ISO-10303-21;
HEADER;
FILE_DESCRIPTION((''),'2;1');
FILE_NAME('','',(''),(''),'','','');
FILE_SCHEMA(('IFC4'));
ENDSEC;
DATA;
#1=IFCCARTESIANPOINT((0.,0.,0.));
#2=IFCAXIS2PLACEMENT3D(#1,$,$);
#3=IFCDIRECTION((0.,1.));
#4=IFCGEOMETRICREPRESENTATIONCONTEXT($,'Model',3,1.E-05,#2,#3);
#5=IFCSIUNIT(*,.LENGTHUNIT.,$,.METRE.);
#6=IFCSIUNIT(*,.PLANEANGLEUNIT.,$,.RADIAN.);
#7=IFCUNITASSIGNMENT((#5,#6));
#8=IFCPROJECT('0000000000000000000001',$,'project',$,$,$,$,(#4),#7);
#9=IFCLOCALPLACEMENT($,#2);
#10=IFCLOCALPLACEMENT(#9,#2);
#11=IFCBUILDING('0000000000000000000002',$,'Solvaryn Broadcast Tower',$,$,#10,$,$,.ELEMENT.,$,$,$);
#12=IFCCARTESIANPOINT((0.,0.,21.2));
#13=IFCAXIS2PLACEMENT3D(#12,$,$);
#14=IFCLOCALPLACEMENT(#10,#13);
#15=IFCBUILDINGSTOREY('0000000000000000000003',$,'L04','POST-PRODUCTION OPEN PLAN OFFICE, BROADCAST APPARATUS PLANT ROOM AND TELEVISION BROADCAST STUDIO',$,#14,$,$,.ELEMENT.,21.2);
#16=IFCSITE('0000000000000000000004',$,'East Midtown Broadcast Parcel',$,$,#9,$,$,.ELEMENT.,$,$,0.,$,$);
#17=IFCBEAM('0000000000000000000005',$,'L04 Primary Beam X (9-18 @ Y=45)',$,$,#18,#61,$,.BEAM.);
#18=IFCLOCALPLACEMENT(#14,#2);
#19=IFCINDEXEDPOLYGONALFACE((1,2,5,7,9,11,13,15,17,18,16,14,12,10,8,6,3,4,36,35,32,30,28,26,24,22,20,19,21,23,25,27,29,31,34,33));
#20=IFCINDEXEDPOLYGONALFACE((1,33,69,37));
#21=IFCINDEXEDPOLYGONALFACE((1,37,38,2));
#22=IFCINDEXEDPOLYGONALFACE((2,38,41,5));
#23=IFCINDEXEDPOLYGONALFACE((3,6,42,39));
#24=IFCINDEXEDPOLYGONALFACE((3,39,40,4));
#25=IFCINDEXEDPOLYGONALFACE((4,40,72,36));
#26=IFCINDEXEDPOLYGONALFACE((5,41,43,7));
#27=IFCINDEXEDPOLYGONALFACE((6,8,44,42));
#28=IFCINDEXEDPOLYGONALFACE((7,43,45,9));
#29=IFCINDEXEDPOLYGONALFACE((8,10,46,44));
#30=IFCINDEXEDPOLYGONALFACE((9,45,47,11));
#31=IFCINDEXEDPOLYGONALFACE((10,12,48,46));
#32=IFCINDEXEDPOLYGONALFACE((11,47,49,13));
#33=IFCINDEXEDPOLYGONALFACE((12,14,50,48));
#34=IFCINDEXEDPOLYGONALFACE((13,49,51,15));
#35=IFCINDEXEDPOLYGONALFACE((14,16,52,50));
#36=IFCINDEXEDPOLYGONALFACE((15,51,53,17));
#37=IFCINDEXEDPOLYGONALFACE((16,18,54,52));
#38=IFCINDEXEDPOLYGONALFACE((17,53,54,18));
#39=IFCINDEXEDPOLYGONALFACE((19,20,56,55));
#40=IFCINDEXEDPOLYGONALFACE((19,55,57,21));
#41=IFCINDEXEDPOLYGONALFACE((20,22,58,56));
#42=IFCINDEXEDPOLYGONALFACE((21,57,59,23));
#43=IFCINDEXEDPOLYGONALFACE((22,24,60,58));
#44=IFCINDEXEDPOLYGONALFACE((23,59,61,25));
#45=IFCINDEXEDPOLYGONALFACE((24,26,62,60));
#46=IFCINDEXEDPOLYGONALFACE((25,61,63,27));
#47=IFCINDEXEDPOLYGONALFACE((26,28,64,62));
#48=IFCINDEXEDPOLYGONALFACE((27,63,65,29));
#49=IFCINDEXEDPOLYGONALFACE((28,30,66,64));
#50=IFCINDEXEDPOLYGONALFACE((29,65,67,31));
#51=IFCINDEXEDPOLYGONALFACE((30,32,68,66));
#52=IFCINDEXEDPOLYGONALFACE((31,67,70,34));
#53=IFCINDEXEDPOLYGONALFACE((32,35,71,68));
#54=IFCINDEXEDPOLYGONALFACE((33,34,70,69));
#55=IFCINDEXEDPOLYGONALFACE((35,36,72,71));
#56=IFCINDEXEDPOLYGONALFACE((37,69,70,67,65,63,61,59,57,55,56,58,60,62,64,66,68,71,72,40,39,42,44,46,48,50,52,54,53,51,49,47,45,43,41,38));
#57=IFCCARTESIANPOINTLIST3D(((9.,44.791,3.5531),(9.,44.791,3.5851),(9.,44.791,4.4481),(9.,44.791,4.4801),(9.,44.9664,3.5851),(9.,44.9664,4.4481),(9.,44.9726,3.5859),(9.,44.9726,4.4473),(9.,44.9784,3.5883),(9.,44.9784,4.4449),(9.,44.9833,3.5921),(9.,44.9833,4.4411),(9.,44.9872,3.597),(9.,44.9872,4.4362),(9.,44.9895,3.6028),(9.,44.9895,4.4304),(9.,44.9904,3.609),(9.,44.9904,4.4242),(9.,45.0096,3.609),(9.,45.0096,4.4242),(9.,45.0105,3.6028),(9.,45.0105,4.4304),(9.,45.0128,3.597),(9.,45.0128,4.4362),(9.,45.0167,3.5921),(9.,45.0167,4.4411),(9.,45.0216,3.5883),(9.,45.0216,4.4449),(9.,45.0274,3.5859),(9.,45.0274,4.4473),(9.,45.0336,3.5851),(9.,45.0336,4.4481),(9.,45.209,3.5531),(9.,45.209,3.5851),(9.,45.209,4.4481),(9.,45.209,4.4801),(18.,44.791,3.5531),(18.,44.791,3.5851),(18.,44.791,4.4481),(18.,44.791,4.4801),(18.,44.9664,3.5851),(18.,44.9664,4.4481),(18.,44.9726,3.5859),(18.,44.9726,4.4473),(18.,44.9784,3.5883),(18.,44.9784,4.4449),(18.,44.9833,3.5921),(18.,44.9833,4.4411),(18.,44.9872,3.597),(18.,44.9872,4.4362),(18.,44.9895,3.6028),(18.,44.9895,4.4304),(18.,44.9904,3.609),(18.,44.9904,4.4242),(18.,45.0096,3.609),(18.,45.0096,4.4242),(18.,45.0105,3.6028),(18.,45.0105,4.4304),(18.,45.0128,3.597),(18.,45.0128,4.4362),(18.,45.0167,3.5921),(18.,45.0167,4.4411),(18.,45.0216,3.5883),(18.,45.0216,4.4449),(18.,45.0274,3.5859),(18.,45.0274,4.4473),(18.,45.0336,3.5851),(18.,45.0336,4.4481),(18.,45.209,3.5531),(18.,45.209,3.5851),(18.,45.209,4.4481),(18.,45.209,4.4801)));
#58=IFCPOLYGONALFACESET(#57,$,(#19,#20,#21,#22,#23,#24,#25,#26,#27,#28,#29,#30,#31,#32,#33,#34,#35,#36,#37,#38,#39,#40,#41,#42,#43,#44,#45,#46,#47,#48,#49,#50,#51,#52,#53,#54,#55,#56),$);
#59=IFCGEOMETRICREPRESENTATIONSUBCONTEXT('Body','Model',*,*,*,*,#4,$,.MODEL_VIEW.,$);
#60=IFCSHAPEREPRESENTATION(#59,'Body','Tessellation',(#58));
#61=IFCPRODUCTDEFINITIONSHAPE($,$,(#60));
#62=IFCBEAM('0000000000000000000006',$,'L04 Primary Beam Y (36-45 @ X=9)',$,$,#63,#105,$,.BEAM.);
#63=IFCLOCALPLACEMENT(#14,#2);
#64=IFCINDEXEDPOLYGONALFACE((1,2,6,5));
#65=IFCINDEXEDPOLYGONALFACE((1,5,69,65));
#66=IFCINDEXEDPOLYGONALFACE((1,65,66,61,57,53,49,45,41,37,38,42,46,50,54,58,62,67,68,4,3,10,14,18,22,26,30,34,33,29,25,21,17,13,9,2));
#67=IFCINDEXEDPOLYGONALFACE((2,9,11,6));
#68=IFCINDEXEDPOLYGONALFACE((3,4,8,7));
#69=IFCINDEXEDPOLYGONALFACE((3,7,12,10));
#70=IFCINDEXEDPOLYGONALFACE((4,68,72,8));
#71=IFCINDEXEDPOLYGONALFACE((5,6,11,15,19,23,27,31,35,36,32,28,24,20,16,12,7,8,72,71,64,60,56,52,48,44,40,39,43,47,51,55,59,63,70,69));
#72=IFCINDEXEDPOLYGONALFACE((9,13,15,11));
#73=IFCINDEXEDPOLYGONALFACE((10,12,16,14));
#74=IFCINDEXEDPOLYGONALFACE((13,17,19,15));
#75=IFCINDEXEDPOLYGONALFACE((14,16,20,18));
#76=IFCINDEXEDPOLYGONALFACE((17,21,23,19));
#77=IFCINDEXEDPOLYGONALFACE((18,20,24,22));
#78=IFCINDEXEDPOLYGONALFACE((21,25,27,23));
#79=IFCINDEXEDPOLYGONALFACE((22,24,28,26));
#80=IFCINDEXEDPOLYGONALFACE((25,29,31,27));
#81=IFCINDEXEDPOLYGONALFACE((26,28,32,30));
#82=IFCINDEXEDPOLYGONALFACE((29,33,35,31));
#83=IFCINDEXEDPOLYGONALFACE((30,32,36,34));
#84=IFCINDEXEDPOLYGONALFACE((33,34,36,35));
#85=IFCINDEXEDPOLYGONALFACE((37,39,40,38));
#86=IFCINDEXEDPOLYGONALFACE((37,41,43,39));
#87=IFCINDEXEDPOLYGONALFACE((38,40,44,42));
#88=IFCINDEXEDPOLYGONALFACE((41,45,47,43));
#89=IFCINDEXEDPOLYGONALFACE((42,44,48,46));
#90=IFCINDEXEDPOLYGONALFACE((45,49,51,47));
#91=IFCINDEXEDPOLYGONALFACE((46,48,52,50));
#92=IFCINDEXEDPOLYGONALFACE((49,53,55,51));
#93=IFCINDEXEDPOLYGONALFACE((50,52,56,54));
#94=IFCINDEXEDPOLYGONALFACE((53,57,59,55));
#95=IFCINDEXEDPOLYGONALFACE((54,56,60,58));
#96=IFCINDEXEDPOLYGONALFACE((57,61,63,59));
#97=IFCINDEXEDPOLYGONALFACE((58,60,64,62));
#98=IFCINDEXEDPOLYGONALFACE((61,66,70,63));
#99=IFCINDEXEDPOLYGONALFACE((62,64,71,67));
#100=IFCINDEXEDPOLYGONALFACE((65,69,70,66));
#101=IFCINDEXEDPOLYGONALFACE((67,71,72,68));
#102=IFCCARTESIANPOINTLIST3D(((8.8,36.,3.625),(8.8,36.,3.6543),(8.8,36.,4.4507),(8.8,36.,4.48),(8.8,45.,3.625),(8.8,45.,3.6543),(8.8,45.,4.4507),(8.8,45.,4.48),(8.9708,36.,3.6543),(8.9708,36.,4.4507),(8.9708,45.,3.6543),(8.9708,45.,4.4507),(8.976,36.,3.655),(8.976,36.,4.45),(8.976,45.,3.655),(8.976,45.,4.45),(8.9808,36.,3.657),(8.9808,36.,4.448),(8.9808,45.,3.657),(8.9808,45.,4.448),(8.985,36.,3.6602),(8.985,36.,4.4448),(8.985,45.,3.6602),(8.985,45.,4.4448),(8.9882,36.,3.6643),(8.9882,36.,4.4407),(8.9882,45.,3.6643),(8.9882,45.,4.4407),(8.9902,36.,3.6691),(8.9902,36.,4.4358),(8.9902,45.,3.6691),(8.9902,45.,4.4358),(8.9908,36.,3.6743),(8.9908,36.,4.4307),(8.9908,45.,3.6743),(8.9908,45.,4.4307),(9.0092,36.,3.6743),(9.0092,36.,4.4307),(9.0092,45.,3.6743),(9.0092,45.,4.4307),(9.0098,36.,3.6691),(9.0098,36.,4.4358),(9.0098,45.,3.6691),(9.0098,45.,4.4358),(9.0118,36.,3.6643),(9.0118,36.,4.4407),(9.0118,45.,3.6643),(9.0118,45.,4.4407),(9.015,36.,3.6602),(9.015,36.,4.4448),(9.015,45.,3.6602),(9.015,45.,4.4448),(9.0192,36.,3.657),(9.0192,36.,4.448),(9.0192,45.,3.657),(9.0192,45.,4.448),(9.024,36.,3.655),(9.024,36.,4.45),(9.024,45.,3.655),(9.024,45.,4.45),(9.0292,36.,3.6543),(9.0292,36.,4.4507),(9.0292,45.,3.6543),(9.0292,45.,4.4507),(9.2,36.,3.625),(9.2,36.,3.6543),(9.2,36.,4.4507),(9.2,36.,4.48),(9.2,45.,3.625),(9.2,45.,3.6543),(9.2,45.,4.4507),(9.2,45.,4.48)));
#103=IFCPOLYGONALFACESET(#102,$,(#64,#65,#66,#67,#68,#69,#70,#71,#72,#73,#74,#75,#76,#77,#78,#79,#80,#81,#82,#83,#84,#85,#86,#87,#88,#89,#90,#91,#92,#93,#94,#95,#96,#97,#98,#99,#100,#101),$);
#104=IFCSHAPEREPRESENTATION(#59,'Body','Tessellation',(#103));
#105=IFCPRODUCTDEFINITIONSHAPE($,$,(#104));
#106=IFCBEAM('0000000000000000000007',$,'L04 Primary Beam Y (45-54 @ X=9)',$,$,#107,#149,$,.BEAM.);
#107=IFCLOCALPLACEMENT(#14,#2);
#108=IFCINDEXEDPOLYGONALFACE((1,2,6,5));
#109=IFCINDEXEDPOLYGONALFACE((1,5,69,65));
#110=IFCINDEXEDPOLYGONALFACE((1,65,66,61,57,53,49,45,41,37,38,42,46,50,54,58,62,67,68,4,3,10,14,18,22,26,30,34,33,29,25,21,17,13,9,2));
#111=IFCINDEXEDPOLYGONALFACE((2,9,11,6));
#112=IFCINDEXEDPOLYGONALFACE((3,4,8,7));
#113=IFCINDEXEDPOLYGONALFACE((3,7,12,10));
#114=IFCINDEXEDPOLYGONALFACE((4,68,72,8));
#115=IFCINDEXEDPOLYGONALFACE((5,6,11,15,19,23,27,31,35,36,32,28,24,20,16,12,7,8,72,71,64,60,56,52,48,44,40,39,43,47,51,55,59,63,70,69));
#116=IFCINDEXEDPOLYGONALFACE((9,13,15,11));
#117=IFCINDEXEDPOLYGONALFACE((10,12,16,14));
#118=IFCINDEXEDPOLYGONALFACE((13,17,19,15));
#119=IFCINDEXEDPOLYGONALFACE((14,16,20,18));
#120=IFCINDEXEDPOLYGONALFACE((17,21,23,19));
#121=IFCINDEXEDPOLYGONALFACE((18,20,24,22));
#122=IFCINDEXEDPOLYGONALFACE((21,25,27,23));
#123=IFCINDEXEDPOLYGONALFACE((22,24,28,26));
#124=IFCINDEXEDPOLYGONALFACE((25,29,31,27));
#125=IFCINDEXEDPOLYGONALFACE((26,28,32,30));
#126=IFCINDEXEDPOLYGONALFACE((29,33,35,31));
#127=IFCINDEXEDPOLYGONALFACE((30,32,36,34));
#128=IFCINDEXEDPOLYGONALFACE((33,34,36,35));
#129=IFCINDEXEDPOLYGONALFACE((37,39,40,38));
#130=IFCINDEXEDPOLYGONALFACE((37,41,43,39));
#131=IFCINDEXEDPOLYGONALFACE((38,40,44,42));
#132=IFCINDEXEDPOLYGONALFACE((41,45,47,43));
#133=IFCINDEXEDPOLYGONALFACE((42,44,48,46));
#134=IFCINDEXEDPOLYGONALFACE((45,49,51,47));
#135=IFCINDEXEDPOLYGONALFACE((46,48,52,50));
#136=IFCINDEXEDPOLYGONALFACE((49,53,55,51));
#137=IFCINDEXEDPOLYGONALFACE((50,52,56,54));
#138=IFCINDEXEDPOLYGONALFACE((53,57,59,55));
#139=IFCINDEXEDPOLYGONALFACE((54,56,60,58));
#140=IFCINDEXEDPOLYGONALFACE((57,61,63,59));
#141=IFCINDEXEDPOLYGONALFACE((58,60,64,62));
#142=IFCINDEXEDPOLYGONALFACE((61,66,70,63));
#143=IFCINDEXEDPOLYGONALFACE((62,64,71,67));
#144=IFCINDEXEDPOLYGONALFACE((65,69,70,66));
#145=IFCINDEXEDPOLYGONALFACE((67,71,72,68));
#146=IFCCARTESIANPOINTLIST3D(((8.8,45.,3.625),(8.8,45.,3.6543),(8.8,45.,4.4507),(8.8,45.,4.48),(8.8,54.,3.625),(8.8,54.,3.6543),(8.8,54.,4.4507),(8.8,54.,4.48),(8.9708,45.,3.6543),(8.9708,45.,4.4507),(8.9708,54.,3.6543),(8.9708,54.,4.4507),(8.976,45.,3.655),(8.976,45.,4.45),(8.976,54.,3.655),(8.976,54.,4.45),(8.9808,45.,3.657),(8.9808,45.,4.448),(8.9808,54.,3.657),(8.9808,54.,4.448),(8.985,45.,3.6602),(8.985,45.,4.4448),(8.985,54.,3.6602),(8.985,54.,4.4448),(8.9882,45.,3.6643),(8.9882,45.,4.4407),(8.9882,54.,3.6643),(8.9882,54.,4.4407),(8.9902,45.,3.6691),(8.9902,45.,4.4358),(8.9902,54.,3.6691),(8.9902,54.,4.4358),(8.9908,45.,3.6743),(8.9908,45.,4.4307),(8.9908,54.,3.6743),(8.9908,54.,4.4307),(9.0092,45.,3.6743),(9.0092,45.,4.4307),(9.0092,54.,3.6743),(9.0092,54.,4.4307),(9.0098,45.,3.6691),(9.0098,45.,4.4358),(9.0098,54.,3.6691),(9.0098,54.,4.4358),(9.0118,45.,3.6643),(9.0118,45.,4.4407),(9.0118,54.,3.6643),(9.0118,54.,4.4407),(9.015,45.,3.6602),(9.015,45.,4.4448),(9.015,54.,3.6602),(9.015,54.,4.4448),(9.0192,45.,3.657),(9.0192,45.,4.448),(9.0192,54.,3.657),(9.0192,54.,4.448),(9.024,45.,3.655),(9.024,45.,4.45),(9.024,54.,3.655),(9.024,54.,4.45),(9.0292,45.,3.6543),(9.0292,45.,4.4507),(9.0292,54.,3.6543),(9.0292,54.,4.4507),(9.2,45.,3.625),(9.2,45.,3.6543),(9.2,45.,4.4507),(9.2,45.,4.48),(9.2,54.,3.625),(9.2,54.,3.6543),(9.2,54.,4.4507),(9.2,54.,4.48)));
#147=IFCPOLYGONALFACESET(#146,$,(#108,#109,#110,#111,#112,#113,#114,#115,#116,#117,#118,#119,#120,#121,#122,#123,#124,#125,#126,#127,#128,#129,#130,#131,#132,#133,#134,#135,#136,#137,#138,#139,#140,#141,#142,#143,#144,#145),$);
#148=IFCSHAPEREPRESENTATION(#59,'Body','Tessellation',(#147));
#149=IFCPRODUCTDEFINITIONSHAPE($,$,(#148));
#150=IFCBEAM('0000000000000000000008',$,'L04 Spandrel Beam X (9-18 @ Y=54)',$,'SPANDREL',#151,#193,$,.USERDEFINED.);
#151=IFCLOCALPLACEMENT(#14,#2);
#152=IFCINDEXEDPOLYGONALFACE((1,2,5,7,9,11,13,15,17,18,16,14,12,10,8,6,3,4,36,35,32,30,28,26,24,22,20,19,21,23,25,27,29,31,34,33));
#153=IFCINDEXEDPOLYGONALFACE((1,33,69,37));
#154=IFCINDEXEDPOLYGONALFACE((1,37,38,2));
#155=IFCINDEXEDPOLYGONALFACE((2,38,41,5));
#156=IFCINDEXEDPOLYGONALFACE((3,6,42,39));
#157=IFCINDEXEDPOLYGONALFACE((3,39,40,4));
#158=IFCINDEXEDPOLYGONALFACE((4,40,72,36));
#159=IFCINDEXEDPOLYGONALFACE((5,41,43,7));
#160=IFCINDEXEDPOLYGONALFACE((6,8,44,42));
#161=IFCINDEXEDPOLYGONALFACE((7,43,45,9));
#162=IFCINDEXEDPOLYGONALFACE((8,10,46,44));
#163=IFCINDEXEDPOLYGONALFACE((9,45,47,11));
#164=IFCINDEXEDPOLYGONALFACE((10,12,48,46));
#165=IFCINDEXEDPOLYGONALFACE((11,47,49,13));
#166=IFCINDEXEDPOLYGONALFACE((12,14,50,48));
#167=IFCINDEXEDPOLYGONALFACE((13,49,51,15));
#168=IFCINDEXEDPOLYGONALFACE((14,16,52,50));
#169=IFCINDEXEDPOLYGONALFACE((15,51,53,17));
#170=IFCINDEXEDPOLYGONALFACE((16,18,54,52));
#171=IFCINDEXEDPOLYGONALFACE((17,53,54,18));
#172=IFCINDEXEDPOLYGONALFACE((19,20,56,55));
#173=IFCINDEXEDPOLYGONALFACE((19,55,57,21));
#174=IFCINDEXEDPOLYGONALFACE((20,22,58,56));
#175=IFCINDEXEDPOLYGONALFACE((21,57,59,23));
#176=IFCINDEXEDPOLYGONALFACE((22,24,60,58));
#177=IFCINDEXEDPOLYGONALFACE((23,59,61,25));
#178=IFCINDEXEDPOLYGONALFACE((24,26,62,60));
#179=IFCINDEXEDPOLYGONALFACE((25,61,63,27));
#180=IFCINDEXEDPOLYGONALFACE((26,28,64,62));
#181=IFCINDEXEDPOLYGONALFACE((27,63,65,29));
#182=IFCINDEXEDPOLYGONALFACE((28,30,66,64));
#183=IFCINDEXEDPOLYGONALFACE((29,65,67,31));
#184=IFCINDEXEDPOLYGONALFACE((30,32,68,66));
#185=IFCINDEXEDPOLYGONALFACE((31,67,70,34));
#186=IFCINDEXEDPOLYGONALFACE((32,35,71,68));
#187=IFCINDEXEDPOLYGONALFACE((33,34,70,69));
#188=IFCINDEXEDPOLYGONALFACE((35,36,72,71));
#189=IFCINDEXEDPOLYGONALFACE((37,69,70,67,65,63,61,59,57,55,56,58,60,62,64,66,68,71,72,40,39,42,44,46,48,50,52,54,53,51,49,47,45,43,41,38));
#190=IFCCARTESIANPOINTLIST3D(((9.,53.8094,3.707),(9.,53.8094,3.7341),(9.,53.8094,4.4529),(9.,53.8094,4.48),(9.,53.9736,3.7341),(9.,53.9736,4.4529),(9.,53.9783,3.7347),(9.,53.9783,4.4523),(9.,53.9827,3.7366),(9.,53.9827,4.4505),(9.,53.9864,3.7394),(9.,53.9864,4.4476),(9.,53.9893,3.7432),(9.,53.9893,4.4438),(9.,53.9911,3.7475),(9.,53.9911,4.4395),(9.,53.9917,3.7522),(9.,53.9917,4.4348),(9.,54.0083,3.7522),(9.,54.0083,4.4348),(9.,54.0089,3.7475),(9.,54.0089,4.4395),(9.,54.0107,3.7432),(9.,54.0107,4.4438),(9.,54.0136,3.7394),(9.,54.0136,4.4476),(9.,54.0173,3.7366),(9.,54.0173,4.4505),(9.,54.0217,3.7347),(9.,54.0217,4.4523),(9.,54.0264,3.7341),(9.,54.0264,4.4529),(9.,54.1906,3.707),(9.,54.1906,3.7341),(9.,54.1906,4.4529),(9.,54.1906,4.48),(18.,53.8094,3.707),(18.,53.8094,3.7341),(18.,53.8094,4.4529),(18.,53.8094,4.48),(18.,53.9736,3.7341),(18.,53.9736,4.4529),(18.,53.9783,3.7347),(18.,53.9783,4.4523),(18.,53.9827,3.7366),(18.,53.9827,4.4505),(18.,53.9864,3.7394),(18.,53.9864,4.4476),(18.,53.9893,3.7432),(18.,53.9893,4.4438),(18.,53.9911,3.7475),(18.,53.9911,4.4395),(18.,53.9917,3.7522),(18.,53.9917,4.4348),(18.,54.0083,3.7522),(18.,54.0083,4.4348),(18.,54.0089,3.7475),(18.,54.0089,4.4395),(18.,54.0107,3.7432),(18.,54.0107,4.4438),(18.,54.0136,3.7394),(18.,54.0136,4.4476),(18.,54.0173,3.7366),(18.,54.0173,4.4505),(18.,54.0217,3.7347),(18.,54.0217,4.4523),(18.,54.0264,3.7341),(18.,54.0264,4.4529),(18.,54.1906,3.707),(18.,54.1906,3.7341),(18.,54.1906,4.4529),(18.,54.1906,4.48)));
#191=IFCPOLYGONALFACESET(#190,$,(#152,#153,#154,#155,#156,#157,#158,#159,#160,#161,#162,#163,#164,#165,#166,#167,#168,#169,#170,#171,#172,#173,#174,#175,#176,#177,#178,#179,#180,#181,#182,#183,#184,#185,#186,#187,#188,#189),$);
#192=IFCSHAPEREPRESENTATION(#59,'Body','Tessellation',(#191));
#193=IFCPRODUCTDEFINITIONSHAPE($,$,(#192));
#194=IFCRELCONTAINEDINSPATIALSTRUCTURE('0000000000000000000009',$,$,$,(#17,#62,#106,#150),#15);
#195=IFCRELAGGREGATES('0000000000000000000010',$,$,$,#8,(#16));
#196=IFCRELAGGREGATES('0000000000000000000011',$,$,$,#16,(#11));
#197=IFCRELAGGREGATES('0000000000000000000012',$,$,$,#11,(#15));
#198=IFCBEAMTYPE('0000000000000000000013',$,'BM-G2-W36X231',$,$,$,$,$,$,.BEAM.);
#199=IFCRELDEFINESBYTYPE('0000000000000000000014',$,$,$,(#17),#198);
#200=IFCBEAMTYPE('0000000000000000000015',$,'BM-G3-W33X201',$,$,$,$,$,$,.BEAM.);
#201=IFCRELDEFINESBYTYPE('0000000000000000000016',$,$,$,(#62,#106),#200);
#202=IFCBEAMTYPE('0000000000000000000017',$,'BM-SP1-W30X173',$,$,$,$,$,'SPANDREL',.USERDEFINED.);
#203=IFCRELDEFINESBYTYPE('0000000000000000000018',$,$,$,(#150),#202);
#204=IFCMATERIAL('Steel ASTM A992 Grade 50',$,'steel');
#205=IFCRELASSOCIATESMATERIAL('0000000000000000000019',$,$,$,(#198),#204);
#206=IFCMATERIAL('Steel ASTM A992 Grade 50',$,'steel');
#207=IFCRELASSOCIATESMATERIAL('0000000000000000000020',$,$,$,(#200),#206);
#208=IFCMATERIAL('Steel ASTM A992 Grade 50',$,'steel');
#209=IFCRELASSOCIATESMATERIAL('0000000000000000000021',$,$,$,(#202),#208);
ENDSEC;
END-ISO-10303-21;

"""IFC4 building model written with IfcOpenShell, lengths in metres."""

from ifc_helpers import new_model, si_unit, direction, frame, origin, origin_2d, place, context, subcontext, project, spatial, i_section, extrude, material, material_profile, profile_set, type_object, element, save


model = new_model("IFC4")

# Units and contexts
model_context = context("Model", 3, precision=1e-05, world=origin(), true_north=direction((0.0, 1.0)))
body_context = subcontext(model_context, "Body", "Model", "MODEL_VIEW")
ifc_project = project(units=[si_unit("LENGTHUNIT", "METRE"), si_unit("PLANEANGLEUNIT", "RADIAN")], contexts=[model_context])

# Site, building, storey
site_placement = place(None, origin())
site = spatial("IfcSite", under=ifc_project, at=site_placement, Name="East Midtown Broadcast Parcel", CompositionType="ELEMENT", RefElevation=0.0)
building_placement = place(site_placement, origin())
building = spatial("IfcBuilding", under=site, at=building_placement, Name="Solvaryn Broadcast Tower", CompositionType="ELEMENT")
storey_placement = place(building_placement, frame((0.0, 0.0, 21.2)))
storey = spatial("IfcBuildingStorey", under=building, at=storey_placement, Name="L04", Description="POST-PRODUCTION OPEN PLAN OFFICE, BROADCAST APPARATUS PLANT ROOM AND TELEVISION BROADCAST STUDIO", CompositionType="ELEMENT", Elevation=21.2)

# Beams
ifc_material_1 = material(Name="Steel ASTM A992 Grade 50", Category="steel")
ifc_material_profile_1 = material_profile(ifc_material_1, i_section(OverallWidth=0.418, OverallDepth=0.927, WebThickness=0.0193, FlangeThickness=0.032, FilletRadius=0.0239, at=origin_2d()))
ifc_profile_set_1 = profile_set([ifc_material_profile_1], Name="Steel ASTM A992 Grade 50")
beam_type_1 = type_object("IfcBeamType", Name="BM-G2-W36X231", PredefinedType="BEAM", material=ifc_profile_set_1)
beam_1_placement = place(storey_placement, frame((9.0, 45.0, 4.0166), z_axis=(1.0, 0.0, 0.0), x_axis=(0.0, 1.0, 0.0)))
element("IfcBeam", 1, at=beam_1_placement, inside=storey, type_object=beam_type_1, Name="L04 Primary Beam X (9-18 @ Y=45)", PredefinedType="BEAM", context=body_context, shape_type="SweptSolid", body=[
    extrude(i_section(OverallWidth=0.418, OverallDepth=0.927, WebThickness=0.0193, FlangeThickness=0.032, FilletRadius=0.0239, at=origin_2d()), origin(), (0.0, 0.0, 1.0), 9.0),
])
ifc_material_2 = material(Name="Steel ASTM A992 Grade 50", Category="steel")
ifc_material_profile_2 = material_profile(ifc_material_2, i_section(OverallWidth=0.3999, OverallDepth=0.855, WebThickness=0.0183, FlangeThickness=0.0293, FilletRadius=0.02, at=origin_2d()))
ifc_profile_set_2 = profile_set([ifc_material_profile_2], Name="Steel ASTM A992 Grade 50")
beam_type_2 = type_object("IfcBeamType", Name="BM-G3-W33X201", PredefinedType="BEAM", material=ifc_profile_set_2)
for number, where, z_axis, x_axis, name in (
    (2, (9.0, 36.0, 4.0525), (0.0, 1.0, 0.0), (-1.0, 0.0, 0.0), "L04 Primary Beam Y (36-45 @ X=9)"),
    (3, (9.0, 45.0, 4.0525), (0.0, 1.0, 0.0), (-1.0, 0.0, 0.0), "L04 Primary Beam Y (45-54 @ X=9)"),
):
    element("IfcBeam", number, at=place(storey_placement, frame(where, z_axis=z_axis, x_axis=x_axis)), inside=storey, type_object=beam_type_2, Name=name, PredefinedType="BEAM", context=body_context, shape_type="SweptSolid", body=[
        extrude(i_section(OverallWidth=0.3999, OverallDepth=0.855, WebThickness=0.0183, FlangeThickness=0.0293, FilletRadius=0.02, at=origin_2d()), origin(), (0.0, 0.0, 1.0), 9.0),
    ])
ifc_material_3 = material(Name="Steel ASTM A992 Grade 50", Category="steel")
ifc_material_profile_3 = material_profile(ifc_material_3, i_section(OverallWidth=0.3811, OverallDepth=0.7729, WebThickness=0.0166, FlangeThickness=0.0271, FilletRadius=0.0181, at=origin_2d()))
ifc_profile_set_3 = profile_set([ifc_material_profile_3], Name="Steel ASTM A992 Grade 50")
beam_type_3 = type_object("IfcBeamType", Name="BM-SP1-W30X173", ElementType="SPANDREL", PredefinedType="USERDEFINED", material=ifc_profile_set_3)
beam_2_placement = place(storey_placement, frame((9.0, 54.0, 4.0935), z_axis=(1.0, 0.0, 0.0), x_axis=(0.0, 1.0, 0.0)))
element("IfcBeam", 4, at=beam_2_placement, inside=storey, type_object=beam_type_3, Name="L04 Spandrel Beam X (9-18 @ Y=54)", ObjectType="SPANDREL", PredefinedType="USERDEFINED", context=body_context, shape_type="SweptSolid", body=[
    extrude(i_section(OverallWidth=0.3811, OverallDepth=0.7729, WebThickness=0.0166, FlangeThickness=0.0271, FilletRadius=0.0181, at=origin_2d()), origin(), (0.0, 0.0, 1.0), 9.0),
])

save(model, "model.ifc")
